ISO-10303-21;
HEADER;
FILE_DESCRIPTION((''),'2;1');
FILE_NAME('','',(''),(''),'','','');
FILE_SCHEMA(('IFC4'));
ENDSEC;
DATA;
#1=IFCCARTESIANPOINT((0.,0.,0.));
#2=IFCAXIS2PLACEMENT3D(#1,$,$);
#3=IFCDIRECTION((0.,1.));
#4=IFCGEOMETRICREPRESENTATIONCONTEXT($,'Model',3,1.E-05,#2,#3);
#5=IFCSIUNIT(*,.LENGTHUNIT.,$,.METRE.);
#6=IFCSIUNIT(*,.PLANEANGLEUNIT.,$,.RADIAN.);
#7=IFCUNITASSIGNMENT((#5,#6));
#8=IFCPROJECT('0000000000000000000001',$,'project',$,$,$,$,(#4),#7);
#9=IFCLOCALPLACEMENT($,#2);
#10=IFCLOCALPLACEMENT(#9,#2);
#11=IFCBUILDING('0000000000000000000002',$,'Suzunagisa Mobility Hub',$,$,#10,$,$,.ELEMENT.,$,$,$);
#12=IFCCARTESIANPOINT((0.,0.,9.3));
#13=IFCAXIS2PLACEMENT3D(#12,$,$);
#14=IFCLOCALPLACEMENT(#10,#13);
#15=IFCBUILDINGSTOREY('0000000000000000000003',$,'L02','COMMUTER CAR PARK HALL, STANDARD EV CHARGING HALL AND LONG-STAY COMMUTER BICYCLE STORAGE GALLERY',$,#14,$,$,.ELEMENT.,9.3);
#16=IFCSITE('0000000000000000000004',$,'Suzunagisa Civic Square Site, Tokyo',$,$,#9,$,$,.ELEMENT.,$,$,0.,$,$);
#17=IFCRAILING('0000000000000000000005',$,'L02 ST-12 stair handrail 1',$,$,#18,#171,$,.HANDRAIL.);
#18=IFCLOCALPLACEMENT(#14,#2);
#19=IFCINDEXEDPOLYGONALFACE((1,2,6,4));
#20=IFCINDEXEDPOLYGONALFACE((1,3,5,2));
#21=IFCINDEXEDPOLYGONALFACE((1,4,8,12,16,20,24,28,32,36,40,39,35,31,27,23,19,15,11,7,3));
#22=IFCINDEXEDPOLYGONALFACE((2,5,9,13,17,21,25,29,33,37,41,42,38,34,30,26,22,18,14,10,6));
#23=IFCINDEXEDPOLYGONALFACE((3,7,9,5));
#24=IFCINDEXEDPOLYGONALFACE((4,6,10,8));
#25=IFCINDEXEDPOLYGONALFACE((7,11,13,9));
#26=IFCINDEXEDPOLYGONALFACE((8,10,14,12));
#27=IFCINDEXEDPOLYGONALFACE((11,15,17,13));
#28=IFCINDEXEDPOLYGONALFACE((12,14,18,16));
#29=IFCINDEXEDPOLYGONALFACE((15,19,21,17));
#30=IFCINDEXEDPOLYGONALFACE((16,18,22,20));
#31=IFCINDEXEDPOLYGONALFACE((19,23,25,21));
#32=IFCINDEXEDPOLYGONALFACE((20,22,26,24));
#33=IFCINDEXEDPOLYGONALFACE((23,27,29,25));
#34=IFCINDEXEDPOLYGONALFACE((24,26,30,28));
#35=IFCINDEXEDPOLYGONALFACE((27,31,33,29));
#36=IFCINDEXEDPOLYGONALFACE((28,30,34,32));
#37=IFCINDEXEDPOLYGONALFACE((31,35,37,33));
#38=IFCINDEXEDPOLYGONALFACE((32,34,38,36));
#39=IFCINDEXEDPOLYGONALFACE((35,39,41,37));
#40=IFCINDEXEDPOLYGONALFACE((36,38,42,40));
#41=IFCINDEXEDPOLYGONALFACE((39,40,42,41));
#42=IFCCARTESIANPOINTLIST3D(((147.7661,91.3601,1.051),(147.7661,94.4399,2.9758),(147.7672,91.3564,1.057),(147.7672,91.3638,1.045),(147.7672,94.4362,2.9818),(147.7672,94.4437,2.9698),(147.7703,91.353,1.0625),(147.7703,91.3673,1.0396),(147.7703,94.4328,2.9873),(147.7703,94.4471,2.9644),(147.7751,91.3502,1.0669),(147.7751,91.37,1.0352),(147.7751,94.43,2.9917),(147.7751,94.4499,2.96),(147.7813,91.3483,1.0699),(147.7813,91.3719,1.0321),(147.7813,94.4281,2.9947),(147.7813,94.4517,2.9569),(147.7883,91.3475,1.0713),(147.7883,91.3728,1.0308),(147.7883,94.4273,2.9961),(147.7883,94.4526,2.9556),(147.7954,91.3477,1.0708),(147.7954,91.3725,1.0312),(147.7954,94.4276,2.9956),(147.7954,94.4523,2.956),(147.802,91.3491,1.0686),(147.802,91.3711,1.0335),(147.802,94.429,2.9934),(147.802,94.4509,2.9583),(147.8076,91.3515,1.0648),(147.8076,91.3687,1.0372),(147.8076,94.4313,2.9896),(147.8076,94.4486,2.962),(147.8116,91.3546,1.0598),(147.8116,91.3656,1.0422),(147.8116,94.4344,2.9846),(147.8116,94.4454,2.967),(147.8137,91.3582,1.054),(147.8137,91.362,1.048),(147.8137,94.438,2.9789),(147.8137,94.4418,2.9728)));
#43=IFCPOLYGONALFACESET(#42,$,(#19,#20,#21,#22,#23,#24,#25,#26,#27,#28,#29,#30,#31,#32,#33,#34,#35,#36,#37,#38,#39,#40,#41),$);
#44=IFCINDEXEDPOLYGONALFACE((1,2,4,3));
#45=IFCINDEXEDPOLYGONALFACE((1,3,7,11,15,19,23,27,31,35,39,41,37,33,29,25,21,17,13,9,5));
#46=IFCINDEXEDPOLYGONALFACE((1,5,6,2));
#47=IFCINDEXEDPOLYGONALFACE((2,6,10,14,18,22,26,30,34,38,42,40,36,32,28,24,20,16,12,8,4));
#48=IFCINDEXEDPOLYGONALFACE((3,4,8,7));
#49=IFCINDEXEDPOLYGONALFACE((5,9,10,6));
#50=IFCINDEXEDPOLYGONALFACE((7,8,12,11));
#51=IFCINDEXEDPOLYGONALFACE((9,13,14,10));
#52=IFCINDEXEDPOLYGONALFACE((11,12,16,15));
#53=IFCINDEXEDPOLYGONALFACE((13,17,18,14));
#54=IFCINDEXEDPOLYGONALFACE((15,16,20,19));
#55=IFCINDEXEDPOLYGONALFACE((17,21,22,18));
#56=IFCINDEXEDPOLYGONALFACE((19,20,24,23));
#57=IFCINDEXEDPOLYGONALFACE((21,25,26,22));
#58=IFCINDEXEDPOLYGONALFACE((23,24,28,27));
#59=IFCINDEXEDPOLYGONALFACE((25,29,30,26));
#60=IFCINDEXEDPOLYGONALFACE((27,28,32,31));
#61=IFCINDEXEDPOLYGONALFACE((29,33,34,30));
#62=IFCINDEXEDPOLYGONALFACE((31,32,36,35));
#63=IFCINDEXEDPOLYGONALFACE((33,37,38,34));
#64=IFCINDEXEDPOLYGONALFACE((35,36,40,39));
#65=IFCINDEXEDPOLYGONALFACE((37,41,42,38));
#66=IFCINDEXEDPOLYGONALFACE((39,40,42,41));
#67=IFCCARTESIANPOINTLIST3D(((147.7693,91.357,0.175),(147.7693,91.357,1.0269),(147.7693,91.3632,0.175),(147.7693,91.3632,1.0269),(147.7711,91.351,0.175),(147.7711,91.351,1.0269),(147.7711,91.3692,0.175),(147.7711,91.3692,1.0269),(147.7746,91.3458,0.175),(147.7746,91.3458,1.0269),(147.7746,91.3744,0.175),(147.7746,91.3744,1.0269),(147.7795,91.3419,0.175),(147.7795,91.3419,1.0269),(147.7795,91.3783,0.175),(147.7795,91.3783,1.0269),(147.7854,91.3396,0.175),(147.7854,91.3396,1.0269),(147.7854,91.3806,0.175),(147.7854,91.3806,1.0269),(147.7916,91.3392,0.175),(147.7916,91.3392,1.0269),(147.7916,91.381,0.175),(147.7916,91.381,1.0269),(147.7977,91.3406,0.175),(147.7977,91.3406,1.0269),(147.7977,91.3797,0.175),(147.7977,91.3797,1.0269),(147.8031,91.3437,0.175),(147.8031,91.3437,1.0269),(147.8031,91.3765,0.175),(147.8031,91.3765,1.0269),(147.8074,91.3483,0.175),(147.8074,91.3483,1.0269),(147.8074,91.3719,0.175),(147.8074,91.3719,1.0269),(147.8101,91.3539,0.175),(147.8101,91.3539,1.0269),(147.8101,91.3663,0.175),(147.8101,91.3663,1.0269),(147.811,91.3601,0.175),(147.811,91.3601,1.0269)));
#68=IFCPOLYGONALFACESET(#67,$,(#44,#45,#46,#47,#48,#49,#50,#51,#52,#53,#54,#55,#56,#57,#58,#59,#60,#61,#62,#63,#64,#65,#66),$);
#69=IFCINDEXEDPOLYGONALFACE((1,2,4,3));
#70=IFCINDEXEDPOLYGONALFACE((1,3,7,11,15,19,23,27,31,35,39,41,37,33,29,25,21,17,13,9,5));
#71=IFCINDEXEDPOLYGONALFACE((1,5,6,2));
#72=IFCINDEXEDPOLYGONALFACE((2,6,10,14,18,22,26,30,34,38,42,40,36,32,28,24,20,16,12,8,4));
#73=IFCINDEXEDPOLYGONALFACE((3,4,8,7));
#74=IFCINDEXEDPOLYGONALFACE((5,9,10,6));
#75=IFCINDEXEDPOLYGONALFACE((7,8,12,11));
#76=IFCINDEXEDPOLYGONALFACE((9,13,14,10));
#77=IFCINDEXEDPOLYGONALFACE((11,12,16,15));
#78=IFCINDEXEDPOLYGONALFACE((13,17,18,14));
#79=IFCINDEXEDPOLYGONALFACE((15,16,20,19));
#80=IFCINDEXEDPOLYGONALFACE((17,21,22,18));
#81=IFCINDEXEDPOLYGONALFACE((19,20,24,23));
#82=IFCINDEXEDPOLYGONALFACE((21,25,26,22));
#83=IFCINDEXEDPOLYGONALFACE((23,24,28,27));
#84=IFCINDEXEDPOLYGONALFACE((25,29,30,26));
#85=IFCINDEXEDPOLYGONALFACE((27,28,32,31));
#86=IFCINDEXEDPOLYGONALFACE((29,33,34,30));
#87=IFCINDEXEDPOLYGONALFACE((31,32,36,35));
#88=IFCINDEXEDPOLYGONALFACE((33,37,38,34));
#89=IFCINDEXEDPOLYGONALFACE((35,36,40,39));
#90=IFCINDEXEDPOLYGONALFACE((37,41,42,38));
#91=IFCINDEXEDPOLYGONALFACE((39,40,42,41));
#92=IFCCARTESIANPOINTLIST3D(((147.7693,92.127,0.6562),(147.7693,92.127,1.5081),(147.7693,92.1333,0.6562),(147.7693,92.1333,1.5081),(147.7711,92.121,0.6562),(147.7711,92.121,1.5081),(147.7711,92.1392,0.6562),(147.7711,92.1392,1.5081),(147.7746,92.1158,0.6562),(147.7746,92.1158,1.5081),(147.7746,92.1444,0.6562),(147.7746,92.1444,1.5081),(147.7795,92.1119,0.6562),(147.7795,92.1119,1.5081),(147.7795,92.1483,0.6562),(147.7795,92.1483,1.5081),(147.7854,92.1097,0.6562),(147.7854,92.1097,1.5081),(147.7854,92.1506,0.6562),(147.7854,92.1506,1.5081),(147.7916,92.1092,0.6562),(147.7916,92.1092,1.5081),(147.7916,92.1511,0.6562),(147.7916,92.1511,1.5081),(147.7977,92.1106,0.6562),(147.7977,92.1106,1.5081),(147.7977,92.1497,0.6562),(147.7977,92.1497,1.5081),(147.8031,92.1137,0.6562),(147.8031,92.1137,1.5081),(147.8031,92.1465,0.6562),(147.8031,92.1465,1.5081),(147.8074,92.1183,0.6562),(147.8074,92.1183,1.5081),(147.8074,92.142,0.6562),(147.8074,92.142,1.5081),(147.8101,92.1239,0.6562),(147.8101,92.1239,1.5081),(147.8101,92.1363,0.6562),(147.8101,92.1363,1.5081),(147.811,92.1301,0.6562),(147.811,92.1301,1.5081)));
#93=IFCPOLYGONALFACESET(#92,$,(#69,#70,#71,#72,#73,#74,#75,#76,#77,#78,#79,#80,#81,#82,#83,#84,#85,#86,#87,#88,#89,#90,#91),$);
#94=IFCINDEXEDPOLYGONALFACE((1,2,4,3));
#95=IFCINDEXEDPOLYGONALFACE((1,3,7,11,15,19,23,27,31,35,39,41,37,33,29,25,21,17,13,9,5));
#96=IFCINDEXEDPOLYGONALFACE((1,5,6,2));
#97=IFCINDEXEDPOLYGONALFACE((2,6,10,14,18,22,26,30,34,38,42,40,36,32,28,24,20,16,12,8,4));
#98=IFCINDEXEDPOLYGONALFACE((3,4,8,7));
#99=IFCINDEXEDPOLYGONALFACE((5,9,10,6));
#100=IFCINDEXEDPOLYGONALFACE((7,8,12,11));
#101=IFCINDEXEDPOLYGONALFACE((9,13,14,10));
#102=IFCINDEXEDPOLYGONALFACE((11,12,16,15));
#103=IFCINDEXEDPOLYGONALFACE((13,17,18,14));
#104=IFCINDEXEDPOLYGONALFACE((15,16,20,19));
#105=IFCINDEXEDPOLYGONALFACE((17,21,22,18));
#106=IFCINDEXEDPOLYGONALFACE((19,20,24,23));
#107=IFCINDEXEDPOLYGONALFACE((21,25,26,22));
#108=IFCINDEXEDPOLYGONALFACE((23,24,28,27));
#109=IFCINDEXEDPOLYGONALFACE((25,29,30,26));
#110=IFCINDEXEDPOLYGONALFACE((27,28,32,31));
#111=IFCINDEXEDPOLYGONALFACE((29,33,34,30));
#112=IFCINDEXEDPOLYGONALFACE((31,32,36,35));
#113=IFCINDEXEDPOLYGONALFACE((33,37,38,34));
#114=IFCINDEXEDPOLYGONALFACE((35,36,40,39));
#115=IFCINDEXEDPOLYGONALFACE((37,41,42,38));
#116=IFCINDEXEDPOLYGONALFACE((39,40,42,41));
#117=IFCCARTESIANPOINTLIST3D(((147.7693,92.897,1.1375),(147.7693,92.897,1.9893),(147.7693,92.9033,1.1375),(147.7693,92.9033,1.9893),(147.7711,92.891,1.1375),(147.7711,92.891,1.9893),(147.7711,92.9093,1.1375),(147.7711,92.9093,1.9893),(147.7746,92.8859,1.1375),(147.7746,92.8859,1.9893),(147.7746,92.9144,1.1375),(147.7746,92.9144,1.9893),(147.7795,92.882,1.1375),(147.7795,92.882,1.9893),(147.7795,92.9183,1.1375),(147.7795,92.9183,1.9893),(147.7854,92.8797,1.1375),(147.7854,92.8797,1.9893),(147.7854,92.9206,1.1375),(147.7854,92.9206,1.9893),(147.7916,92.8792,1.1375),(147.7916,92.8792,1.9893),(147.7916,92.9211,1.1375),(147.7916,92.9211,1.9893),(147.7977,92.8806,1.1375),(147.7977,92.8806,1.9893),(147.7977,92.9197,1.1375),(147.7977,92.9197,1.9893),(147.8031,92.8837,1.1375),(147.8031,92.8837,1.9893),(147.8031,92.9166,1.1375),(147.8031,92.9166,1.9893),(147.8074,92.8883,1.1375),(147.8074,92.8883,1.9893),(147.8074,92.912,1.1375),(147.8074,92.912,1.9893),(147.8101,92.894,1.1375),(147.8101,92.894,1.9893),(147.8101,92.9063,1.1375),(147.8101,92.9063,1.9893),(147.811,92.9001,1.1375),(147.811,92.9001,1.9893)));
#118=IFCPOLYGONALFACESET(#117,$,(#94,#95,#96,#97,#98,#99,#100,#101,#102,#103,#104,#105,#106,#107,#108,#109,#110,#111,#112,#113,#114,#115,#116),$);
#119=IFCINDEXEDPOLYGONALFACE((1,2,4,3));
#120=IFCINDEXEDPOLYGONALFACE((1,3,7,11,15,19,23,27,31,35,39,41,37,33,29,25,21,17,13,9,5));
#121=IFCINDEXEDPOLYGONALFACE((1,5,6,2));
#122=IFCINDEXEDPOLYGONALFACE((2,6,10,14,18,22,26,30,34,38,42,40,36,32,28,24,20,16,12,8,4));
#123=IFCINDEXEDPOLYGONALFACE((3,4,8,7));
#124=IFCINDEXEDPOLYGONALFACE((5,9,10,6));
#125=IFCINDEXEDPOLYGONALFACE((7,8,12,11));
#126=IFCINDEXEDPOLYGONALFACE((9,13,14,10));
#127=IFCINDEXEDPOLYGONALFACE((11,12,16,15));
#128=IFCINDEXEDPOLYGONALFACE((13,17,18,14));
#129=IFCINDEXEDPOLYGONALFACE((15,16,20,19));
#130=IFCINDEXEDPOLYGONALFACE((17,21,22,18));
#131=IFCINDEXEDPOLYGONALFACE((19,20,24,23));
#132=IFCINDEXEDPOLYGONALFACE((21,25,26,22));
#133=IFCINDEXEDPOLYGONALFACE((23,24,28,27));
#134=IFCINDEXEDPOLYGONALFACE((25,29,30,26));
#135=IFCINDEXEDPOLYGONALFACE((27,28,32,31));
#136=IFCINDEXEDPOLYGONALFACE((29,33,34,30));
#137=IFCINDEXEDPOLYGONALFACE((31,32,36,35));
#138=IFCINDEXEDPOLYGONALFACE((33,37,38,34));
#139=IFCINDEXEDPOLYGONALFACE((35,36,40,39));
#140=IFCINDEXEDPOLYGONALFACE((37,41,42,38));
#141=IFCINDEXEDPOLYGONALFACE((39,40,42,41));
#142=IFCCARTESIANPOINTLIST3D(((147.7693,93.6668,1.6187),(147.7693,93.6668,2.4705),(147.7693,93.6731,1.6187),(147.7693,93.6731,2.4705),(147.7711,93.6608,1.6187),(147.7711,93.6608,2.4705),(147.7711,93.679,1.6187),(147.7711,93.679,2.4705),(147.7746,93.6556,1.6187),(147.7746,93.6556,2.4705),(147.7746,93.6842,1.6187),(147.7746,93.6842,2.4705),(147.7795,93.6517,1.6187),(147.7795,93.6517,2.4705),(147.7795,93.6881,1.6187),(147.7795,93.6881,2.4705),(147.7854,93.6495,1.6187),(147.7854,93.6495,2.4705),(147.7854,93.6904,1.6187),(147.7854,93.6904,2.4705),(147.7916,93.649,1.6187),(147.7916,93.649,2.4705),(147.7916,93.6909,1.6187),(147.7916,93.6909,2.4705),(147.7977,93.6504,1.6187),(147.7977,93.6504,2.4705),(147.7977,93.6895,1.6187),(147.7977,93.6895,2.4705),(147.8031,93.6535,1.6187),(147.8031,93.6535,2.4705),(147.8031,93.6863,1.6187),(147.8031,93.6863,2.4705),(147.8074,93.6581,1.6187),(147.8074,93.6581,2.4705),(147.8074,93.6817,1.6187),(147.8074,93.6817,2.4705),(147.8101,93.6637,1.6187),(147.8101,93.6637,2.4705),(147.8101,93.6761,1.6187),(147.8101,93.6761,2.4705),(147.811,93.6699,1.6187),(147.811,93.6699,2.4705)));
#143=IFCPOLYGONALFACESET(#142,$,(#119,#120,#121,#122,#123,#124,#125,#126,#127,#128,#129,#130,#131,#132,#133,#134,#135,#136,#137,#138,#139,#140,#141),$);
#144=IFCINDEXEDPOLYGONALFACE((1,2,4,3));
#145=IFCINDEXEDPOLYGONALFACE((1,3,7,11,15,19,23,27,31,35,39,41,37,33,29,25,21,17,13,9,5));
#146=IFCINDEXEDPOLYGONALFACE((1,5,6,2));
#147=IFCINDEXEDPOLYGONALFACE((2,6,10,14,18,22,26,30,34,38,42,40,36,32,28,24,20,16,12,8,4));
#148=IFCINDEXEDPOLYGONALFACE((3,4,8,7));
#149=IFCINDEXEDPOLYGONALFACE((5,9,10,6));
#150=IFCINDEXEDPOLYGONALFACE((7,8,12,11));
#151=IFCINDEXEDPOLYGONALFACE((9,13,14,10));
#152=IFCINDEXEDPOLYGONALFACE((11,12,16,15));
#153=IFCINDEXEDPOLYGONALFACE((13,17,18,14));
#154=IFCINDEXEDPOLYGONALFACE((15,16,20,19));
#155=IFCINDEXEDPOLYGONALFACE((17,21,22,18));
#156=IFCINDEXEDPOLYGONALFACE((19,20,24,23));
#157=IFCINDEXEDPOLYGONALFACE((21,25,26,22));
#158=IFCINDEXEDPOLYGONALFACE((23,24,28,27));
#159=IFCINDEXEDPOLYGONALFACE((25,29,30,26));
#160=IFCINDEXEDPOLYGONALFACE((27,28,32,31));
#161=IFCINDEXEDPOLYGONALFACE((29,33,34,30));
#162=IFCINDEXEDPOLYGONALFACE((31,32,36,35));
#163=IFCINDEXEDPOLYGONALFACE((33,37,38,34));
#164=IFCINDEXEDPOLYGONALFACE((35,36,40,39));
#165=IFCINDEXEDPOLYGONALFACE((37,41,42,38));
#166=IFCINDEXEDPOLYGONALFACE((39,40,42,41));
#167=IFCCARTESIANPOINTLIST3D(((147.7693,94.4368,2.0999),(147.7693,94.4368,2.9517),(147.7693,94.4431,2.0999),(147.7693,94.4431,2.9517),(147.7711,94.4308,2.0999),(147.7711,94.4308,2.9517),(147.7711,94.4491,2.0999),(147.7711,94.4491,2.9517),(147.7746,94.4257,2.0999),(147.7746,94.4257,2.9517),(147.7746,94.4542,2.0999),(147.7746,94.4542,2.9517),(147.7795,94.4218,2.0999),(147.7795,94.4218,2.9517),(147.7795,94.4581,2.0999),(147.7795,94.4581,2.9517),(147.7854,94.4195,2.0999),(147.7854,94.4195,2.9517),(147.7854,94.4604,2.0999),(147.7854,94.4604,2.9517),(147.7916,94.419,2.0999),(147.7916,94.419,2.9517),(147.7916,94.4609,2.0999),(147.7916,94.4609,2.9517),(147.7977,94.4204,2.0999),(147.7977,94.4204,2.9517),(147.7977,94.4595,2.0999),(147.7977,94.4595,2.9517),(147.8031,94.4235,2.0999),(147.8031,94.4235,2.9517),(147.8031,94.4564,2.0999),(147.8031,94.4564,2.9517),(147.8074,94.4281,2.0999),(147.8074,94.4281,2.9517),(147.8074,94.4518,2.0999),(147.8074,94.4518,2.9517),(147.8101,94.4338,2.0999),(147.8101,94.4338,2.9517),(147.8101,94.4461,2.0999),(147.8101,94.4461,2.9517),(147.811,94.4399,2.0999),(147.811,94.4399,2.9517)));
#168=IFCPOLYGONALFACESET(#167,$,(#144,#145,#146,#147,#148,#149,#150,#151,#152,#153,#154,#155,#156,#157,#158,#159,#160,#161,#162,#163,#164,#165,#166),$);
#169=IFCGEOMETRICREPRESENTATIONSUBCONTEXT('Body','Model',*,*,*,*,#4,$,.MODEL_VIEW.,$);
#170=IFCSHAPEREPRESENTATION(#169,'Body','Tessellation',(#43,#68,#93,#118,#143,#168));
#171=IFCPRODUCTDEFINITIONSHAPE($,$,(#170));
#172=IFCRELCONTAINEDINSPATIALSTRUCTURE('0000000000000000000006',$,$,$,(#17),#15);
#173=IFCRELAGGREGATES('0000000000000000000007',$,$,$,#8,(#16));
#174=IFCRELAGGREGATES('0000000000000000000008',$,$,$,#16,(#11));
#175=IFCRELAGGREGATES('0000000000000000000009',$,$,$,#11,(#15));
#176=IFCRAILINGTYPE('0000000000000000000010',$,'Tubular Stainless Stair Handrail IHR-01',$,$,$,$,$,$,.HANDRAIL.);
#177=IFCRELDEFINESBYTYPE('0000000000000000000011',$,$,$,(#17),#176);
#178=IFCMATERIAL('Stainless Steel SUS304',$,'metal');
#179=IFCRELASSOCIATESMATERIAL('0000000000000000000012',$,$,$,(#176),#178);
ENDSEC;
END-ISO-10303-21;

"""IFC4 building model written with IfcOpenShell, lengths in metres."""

from ifc_helpers import new_model, si_unit, direction, frame, origin, origin_2d, place, context, subcontext, project, spatial, circle, extrude, material, type_object, element, save


model = new_model("IFC4")

# Units and contexts
model_context = context("Model", 3, precision=1e-05, world=origin(), true_north=direction((0.0, 1.0)))
body_context = subcontext(model_context, "Body", "Model", "MODEL_VIEW")
ifc_project = project(units=[si_unit("LENGTHUNIT", "METRE"), si_unit("PLANEANGLEUNIT", "RADIAN")], contexts=[model_context])

# Site, building, storey
site_placement = place(None, origin())
site = spatial("IfcSite", under=ifc_project, at=site_placement, Name="Suzunagisa Civic Square Site, Tokyo", CompositionType="ELEMENT", RefElevation=0.0)
building_placement = place(site_placement, origin())
building = spatial("IfcBuilding", under=site, at=building_placement, Name="Suzunagisa Mobility Hub", CompositionType="ELEMENT")
storey_placement = place(building_placement, frame((0.0, 0.0, 9.3)))
storey = spatial("IfcBuildingStorey", under=building, at=storey_placement, Name="L02", Description="COMMUTER CAR PARK HALL, STANDARD EV CHARGING HALL AND LONG-STAY COMMUTER BICYCLE STORAGE GALLERY", CompositionType="ELEMENT", Elevation=9.3)

# Railing
ifc_material_1 = material(Name="Stainless Steel SUS304", Category="metal")
railing_type_1 = type_object("IfcRailingType", Name="Tubular Stainless Stair Handrail IHR-01", PredefinedType="HANDRAIL", material=ifc_material_1)
railing_1_placement = place(storey_placement, frame((147.79, 91.3601, 0.175)))
element("IfcRailing", 1, at=railing_1_placement, inside=storey, type_object=railing_type_1, Name="L02 ST-12 stair handrail 1", PredefinedType="HANDRAIL", context=body_context, shape_type="SweptSolid", body=[
    extrude(circle(Radius=0.0239, at=origin_2d()), frame((0.0, 0.0, 0.876), z_axis=(0.0, 0.84801, 0.529981), x_axis=(-1.0, 0.0, 0.0)), (0.0, 0.0, 1.0), 3.6318),
    extrude(circle(Radius=0.021, at=origin_2d()), origin(), (0.0, 0.0, 1.0), 0.8518),
    extrude(circle(Radius=0.021, at=origin_2d()), frame((0.0, 0.77, 0.4812)), (0.0, 0.0, 1.0), 0.8518),
    extrude(circle(Radius=0.021, at=origin_2d()), frame((0.0, 1.54, 0.9624)), (0.0, 0.0, 1.0), 0.8518),
    extrude(circle(Radius=0.021, at=origin_2d()), frame((0.0, 2.3098, 1.4436)), (0.0, 0.0, 1.0), 0.8518),
    extrude(circle(Radius=0.021, at=origin_2d()), frame((0.0, 3.0798, 1.9248)), (0.0, 0.0, 1.0), 0.8518),
])

save(model, "model.ifc")
